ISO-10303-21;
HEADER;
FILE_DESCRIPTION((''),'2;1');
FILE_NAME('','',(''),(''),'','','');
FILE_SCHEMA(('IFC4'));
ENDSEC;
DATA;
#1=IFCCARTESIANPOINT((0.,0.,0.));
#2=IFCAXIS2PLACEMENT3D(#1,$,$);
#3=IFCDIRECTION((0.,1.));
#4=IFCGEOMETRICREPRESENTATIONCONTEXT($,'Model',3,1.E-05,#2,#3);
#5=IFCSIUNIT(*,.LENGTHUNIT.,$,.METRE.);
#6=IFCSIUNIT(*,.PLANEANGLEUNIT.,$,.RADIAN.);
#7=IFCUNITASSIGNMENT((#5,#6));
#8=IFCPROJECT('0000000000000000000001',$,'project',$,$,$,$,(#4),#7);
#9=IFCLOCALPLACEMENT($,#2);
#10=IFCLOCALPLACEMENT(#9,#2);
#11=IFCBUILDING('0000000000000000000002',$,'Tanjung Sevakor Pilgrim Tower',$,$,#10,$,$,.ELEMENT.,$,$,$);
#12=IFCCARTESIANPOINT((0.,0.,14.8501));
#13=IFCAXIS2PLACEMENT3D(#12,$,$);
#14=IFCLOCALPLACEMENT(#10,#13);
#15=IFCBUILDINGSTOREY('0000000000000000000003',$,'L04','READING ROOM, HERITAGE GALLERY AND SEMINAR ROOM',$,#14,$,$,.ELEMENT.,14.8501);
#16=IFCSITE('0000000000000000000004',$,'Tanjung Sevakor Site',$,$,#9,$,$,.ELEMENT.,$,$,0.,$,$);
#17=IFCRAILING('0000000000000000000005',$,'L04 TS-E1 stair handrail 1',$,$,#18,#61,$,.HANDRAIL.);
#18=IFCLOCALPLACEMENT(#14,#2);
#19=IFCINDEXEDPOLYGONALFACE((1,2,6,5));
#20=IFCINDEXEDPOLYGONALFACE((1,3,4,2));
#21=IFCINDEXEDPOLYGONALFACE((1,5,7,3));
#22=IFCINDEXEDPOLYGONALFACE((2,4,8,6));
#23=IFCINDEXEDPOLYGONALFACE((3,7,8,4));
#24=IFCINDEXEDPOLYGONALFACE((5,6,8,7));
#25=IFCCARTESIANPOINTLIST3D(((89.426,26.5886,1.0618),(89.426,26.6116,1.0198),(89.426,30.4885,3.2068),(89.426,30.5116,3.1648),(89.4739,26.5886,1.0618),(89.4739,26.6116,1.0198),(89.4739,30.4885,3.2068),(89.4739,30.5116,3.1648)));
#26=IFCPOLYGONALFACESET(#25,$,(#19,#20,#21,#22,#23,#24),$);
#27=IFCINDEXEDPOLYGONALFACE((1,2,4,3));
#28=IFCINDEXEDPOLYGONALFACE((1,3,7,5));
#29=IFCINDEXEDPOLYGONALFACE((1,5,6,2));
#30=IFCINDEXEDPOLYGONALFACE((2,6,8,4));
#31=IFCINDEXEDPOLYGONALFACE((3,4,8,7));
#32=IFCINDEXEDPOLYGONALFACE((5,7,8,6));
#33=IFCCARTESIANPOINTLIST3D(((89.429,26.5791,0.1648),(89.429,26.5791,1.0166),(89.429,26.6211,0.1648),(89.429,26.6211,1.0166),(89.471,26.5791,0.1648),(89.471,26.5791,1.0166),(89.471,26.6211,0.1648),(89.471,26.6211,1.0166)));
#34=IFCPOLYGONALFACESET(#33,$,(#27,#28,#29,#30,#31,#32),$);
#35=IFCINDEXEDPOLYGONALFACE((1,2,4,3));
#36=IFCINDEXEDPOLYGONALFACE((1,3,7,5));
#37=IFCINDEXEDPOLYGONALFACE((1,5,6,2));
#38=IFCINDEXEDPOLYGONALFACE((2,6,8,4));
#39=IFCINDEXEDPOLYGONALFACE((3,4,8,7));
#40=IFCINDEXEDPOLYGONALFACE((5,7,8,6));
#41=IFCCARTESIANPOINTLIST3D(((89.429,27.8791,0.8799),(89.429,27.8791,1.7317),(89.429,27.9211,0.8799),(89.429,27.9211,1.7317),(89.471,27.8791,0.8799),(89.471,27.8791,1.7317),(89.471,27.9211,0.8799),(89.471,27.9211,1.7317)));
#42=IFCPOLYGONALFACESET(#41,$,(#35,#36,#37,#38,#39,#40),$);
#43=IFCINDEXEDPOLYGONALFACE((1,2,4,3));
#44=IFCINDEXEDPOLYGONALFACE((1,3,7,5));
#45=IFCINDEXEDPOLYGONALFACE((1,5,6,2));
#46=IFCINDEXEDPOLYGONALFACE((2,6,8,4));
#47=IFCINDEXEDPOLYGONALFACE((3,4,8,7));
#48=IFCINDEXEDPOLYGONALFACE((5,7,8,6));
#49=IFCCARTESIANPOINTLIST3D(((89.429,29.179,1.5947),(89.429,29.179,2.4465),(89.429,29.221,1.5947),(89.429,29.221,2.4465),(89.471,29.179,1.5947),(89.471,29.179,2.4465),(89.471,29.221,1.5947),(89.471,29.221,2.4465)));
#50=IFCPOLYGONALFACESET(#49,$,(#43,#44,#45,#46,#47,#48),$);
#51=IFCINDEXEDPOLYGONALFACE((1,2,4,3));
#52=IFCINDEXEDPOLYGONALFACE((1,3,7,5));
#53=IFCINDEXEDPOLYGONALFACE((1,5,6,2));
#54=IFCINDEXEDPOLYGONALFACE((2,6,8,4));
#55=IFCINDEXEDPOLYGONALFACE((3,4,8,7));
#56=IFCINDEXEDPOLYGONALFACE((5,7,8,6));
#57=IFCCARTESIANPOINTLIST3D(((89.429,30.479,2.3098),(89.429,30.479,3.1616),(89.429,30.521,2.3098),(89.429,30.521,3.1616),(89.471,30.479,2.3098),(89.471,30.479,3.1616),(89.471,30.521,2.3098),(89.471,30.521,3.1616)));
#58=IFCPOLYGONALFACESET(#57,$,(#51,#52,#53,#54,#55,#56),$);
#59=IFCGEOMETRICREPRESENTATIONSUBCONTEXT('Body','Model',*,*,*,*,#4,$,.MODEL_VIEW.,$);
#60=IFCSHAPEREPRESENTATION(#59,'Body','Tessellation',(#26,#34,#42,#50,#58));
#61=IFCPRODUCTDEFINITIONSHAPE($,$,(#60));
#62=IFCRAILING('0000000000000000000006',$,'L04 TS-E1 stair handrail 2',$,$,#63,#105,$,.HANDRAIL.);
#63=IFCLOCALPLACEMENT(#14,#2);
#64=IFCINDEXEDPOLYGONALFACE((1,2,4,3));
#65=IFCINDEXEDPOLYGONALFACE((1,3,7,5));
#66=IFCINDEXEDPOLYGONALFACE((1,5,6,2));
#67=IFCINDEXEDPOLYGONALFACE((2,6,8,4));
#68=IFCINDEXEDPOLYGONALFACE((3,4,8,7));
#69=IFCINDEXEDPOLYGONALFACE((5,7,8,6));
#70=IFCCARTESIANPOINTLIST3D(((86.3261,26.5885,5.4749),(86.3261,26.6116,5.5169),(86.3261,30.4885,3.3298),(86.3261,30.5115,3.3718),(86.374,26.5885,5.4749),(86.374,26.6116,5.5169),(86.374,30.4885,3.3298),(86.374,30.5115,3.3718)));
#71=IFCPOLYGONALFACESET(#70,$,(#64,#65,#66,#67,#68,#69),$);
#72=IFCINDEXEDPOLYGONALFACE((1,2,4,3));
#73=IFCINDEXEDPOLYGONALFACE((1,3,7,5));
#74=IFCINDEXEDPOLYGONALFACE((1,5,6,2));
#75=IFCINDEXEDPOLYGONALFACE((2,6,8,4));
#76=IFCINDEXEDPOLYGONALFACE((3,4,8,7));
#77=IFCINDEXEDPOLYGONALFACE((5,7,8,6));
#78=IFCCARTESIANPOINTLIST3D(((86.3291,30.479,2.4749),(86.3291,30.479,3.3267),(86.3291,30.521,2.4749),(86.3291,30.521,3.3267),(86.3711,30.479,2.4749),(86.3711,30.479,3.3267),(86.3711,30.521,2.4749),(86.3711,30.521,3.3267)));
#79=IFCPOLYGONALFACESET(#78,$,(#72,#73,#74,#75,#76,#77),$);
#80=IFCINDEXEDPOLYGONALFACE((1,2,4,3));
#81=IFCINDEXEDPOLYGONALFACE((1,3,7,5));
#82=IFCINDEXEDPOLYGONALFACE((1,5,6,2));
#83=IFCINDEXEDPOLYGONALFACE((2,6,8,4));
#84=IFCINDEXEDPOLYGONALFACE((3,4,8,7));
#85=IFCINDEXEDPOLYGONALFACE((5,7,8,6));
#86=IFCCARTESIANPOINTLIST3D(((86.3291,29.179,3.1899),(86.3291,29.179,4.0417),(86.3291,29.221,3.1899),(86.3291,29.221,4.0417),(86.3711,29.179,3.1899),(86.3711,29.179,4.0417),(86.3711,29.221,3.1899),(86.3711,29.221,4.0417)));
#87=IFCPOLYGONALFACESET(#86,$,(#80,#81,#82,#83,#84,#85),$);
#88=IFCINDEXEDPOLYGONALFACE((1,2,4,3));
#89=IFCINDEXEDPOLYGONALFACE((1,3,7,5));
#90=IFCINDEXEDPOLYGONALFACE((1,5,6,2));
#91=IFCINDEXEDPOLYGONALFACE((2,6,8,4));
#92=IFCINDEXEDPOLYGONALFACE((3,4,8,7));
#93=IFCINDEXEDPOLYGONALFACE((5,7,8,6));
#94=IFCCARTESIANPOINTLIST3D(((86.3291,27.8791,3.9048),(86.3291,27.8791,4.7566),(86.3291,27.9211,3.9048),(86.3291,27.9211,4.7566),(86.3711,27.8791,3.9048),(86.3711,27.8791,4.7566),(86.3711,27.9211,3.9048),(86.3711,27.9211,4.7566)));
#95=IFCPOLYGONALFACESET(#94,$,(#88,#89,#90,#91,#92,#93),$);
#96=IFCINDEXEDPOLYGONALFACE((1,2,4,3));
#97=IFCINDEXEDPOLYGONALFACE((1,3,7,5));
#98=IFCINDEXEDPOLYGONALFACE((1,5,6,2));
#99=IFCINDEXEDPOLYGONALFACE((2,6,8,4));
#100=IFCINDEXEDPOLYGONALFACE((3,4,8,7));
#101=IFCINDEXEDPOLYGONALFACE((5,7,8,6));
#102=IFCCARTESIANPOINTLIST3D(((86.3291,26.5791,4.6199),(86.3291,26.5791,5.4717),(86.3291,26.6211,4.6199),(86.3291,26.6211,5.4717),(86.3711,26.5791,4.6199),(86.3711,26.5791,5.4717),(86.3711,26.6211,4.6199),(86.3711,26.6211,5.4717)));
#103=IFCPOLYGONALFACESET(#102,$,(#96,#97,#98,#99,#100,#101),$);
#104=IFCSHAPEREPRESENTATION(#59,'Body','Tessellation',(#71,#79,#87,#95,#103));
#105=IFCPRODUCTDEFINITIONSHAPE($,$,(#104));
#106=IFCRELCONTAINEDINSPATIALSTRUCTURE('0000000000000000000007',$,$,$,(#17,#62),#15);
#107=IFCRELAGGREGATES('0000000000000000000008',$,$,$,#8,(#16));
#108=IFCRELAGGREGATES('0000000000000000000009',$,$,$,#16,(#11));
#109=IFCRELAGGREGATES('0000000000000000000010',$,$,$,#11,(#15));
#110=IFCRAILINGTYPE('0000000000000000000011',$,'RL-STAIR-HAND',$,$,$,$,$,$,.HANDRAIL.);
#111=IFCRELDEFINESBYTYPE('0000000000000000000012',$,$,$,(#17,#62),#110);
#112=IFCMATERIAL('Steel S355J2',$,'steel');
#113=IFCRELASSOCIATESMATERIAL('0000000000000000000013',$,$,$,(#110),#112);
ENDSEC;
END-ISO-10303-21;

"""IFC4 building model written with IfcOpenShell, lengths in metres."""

from ifc_helpers import new_model, si_unit, direction, frame, origin, place, context, subcontext, project, spatial, rectangle, extrude, material, type_object, element, save


model = new_model("IFC4")

# Units and contexts
model_context = context("Model", 3, precision=1e-05, world=origin(), true_north=direction((0.0, 1.0)))
body_context = subcontext(model_context, "Body", "Model", "MODEL_VIEW")
ifc_project = project(units=[si_unit("LENGTHUNIT", "METRE"), si_unit("PLANEANGLEUNIT", "RADIAN")], contexts=[model_context])

# Site, building, storey
site_placement = place(None, origin())
site = spatial("IfcSite", under=ifc_project, at=site_placement, Name="Tanjung Sevakor Site", CompositionType="ELEMENT", RefElevation=0.0)
building_placement = place(site_placement, origin())
building = spatial("IfcBuilding", under=site, at=building_placement, Name="Tanjung Sevakor Pilgrim Tower", CompositionType="ELEMENT")
storey_placement = place(building_placement, frame((0.0, 0.0, 14.8501)))
storey = spatial("IfcBuildingStorey", under=building, at=storey_placement, Name="L04", Description="READING ROOM, HERITAGE GALLERY AND SEMINAR ROOM", CompositionType="ELEMENT", Elevation=14.8501)

# Railings
ifc_material_1 = material(Name="Steel S355J2", Category="steel")
railing_type_1 = type_object("IfcRailingType", Name="RL-STAIR-HAND", PredefinedType="HANDRAIL", material=ifc_material_1)
railing_1_placement = place(storey_placement, frame((89.45, 26.6001, 0.1648)))
element("IfcRailing", 1, at=railing_1_placement, inside=storey, type_object=railing_type_1, Name="L04 TS-E1 stair handrail 1", PredefinedType="HANDRAIL", context=body_context, shape_type="SweptSolid", body=[
    extrude(rectangle(XDim=0.0479, YDim=0.0479), frame((0.0, 0.0, 0.876), z_axis=(0.0, 0.876209, 0.481931), x_axis=(-1.0, 0.0, 0.0)), (0.0, 0.0, 1.0), 4.4509),
    extrude(rectangle(XDim=0.042, YDim=0.042), origin(), (0.0, 0.0, 1.0), 0.8518),
    extrude(rectangle(XDim=0.042, YDim=0.042), frame((0.0, 1.3, 0.7151)), (0.0, 0.0, 1.0), 0.8518),
    extrude(rectangle(XDim=0.042, YDim=0.042), frame((0.0, 2.5999, 1.4299)), (0.0, 0.0, 1.0), 0.8518),
    extrude(rectangle(XDim=0.042, YDim=0.042), frame((0.0, 3.8999, 2.145)), (0.0, 0.0, 1.0), 0.8518),
])
railing_2_placement = place(storey_placement, frame((86.3501, 30.5, 2.4749)))
element("IfcRailing", 2, at=railing_2_placement, inside=storey, type_object=railing_type_1, Name="L04 TS-E1 stair handrail 2", PredefinedType="HANDRAIL", context=body_context, shape_type="SweptSolid", body=[
    extrude(rectangle(XDim=0.0479, YDim=0.0479), frame((0.0, 0.0, 0.876), z_axis=(0.0, -0.876209, 0.481931), x_axis=(1.0, 0.0, 0.0)), (0.0, 0.0, 1.0), 4.4509),
    extrude(rectangle(XDim=0.042, YDim=0.042), origin(), (0.0, 0.0, 1.0), 0.8518),
    extrude(rectangle(XDim=0.042, YDim=0.042), frame((0.0, -1.3, 0.7151)), (0.0, 0.0, 1.0), 0.8518),
    extrude(rectangle(XDim=0.042, YDim=0.042), frame((0.0, -2.5999, 1.4299)), (0.0, 0.0, 1.0), 0.8518),
    extrude(rectangle(XDim=0.042, YDim=0.042), frame((0.0, -3.8999, 2.145)), (0.0, 0.0, 1.0), 0.8518),
])

save(model, "model.ifc")
